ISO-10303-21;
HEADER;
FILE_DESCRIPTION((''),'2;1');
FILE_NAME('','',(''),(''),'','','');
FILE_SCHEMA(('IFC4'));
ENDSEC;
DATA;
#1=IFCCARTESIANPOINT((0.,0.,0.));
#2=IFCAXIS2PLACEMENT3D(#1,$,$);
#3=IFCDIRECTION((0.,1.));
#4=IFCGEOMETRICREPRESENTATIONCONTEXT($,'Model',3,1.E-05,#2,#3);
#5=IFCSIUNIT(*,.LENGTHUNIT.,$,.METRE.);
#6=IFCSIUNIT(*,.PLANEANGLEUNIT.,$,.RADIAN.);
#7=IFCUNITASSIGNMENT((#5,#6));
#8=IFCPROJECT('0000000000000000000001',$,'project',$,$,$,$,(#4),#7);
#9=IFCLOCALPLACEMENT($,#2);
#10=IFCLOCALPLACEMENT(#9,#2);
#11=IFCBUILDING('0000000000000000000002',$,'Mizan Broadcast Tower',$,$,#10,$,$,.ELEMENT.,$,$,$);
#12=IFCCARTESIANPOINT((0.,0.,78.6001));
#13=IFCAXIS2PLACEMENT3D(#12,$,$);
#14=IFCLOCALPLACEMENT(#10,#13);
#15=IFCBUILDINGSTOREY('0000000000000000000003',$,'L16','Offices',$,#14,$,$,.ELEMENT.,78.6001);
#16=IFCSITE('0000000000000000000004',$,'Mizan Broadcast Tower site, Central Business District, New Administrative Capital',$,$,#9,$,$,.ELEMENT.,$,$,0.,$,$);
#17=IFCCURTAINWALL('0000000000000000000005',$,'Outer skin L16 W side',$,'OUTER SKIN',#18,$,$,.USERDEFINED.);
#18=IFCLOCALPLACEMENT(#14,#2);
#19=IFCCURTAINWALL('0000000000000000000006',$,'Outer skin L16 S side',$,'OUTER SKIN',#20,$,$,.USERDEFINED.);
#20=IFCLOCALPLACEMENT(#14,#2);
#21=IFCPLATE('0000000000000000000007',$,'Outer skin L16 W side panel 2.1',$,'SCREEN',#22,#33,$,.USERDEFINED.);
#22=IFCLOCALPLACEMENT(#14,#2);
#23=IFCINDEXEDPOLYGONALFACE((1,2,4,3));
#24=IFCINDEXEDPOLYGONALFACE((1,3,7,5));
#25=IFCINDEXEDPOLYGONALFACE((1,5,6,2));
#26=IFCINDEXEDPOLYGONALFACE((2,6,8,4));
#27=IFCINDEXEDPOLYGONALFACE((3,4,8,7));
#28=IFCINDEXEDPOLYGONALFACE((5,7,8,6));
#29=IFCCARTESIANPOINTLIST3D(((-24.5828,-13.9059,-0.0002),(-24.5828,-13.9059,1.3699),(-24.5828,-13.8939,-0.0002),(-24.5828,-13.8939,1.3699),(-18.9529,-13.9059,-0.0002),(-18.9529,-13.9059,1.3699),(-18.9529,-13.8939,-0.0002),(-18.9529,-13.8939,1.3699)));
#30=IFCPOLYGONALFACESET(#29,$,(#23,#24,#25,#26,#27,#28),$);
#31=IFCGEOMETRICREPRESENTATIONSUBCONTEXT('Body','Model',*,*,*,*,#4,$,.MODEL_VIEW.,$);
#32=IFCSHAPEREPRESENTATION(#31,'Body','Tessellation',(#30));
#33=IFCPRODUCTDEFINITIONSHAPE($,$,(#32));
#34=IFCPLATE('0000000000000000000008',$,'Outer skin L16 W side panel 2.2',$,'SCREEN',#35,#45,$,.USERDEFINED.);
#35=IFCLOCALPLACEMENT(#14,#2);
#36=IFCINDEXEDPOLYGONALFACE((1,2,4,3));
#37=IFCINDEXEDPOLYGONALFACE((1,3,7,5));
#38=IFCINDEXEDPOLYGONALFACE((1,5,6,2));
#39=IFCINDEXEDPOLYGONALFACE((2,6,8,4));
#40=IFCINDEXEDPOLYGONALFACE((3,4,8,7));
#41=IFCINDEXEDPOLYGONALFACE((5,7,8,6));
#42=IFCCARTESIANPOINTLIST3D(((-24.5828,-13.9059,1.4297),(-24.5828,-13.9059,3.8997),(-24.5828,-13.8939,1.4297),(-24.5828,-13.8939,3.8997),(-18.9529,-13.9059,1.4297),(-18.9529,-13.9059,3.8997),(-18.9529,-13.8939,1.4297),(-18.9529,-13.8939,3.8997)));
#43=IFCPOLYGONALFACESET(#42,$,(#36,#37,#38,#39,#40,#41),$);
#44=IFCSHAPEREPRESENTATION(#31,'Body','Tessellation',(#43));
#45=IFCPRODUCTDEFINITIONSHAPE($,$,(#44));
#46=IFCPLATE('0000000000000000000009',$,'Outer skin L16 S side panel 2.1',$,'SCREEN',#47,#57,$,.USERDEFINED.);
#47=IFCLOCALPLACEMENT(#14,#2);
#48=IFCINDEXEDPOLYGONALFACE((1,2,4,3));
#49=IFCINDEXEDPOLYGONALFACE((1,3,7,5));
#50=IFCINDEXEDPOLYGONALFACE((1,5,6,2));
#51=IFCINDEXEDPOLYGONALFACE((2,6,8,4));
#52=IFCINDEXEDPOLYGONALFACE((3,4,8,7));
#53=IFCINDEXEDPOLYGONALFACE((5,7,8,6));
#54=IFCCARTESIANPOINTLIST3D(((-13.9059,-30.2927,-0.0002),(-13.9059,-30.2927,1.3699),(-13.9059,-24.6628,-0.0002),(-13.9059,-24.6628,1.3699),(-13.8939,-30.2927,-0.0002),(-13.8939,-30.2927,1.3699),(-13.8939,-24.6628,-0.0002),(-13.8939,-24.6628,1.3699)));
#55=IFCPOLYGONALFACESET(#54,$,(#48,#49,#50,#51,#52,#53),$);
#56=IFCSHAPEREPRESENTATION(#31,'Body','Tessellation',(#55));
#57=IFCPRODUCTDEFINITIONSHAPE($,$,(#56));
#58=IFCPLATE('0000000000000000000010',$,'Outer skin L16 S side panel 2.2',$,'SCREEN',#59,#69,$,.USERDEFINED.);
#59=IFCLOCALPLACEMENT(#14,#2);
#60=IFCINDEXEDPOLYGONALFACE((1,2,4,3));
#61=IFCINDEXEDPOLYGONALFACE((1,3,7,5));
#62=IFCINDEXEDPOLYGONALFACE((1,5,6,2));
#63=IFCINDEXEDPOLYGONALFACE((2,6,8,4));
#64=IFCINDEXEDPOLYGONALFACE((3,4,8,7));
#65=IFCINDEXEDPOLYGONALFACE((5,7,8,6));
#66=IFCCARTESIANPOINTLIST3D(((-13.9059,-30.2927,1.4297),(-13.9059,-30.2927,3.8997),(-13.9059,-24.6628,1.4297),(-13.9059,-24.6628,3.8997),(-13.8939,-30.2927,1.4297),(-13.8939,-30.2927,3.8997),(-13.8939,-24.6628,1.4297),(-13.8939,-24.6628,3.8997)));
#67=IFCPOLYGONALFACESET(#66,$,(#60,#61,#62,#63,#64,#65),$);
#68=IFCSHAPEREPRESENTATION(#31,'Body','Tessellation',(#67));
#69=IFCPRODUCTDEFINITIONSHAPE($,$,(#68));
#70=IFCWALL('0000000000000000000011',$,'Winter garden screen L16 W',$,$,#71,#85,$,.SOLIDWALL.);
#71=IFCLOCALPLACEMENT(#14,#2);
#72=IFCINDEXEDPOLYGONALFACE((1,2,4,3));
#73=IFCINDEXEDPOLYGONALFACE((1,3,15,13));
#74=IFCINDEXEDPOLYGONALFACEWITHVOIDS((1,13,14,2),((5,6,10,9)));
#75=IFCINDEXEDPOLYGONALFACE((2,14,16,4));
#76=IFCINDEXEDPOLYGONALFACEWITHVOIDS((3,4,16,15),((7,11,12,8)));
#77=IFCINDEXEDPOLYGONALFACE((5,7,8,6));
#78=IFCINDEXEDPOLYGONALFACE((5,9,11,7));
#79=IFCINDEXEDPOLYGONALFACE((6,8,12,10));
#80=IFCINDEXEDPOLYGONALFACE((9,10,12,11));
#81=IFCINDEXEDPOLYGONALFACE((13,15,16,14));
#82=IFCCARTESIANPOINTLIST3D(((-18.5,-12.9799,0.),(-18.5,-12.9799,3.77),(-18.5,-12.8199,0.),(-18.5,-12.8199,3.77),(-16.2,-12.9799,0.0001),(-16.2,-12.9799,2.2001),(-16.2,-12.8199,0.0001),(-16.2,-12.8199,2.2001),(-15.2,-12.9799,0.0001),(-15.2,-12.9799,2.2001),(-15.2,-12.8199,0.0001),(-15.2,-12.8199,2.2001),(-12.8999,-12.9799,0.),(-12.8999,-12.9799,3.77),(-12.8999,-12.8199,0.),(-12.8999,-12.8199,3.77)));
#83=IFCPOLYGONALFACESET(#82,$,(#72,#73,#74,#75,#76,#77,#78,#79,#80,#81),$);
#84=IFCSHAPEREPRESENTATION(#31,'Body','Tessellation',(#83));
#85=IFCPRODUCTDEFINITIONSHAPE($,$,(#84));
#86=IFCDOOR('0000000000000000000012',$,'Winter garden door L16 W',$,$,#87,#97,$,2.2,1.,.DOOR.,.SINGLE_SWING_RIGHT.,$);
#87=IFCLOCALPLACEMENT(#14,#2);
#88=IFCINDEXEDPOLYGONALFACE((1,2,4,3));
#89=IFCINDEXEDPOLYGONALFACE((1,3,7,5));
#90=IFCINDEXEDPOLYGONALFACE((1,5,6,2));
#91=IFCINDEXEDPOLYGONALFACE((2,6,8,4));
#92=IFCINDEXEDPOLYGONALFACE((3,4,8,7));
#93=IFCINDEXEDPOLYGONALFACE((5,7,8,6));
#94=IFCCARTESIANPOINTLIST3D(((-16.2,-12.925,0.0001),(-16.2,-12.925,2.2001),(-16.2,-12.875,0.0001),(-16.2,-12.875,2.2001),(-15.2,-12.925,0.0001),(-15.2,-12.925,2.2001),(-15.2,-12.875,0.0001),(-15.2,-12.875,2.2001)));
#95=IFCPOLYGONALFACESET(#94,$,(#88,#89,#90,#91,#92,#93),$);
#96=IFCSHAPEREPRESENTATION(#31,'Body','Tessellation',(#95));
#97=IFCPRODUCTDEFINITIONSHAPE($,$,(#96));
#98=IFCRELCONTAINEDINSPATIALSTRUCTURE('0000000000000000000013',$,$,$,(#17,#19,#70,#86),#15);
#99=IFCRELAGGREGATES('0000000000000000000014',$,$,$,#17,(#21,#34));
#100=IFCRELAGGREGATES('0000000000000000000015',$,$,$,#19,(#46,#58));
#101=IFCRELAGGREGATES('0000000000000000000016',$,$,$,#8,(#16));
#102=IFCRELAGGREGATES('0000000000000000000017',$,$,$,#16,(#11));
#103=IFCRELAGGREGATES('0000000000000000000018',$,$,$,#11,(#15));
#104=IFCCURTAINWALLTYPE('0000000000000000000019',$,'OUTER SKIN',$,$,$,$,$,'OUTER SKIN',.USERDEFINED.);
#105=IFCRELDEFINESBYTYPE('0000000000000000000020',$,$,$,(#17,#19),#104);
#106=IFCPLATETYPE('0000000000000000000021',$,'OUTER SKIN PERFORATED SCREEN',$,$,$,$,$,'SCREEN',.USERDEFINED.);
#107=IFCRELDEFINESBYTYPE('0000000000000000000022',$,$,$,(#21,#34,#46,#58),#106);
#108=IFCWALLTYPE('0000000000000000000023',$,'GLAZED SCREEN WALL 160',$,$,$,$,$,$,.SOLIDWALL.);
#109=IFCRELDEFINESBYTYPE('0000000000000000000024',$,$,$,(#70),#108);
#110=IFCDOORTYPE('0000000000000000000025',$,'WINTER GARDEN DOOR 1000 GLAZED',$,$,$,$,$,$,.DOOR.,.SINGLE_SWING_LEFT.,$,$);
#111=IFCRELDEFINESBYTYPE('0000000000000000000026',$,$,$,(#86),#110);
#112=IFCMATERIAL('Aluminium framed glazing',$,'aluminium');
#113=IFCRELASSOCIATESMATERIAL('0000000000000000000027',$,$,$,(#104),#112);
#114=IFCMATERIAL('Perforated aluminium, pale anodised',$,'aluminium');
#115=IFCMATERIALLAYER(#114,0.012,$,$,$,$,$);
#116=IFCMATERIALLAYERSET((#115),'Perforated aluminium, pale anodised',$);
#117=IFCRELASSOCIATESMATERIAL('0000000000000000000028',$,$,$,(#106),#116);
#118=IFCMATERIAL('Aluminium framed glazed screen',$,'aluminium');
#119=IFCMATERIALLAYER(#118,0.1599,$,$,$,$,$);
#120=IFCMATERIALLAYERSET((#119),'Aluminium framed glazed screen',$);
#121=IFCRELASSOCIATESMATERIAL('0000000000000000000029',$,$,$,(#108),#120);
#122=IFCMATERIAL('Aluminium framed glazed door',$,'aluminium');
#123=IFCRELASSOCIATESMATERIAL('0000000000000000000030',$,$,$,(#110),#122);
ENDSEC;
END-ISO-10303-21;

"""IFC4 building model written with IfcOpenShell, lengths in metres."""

from ifc_helpers import new_model, si_unit, direction, frame, frame_2d, origin, origin_2d, place, context, subcontext, project, spatial, rectangle, extrude, material, layer, layer_set, type_object, element, fill, aggregate, save


model = new_model("IFC4")

# Units and contexts
model_context = context("Model", 3, precision=1e-05, world=origin(), true_north=direction((0.0, 1.0)))
body_context = subcontext(model_context, "Body", "Model", "MODEL_VIEW")
ifc_project = project(units=[si_unit("LENGTHUNIT", "METRE"), si_unit("PLANEANGLEUNIT", "RADIAN")], contexts=[model_context])

# Site, building, storey
site_placement = place(None, origin())
site = spatial("IfcSite", under=ifc_project, at=site_placement, Name="Mizan Broadcast Tower site, Central Business District, New Administrative Capital", CompositionType="ELEMENT", RefElevation=0.0)
building_placement = place(site_placement, origin())
building = spatial("IfcBuilding", under=site, at=building_placement, Name="Mizan Broadcast Tower", CompositionType="ELEMENT")
storey_placement = place(building_placement, frame((0.0, 0.0, 78.6001)))
storey = spatial("IfcBuildingStorey", under=building, at=storey_placement, Name="L16", Description="Offices", CompositionType="ELEMENT", Elevation=78.6001)

# Shared definitions
ifc_material_1 = material(Name="Aluminium framed glazing", Category="aluminium")
curtain_wall_type_1 = type_object("IfcCurtainWallType", Name="OUTER SKIN", ElementType="OUTER SKIN", PredefinedType="USERDEFINED", material=ifc_material_1)

# Curtain wall
curtain_wall_1_placement = place(storey_placement, origin())
curtain_wall_1 = element("IfcCurtainWall", 1, at=curtain_wall_1_placement, inside=storey, type_object=curtain_wall_type_1, Name="Outer skin L16 W side", ObjectType="OUTER SKIN", PredefinedType="USERDEFINED")

# Curtain wall
curtain_wall_2_placement = place(storey_placement, origin())
curtain_wall_2 = element("IfcCurtainWall", 2, at=curtain_wall_2_placement, inside=storey, type_object=curtain_wall_type_1, Name="Outer skin L16 S side", ObjectType="OUTER SKIN", PredefinedType="USERDEFINED")

# Plates
ifc_material_2 = material(Name="Perforated aluminium, pale anodised", Category="aluminium")
ifc_layer_1 = layer(ifc_material_2, 0.012)
ifc_layer_set_1 = layer_set([ifc_layer_1], Name="Perforated aluminium, pale anodised")
plate_type_1 = type_object("IfcPlateType", Name="OUTER SKIN PERFORATED SCREEN", ElementType="SCREEN", PredefinedType="USERDEFINED", material=ifc_layer_set_1)
plate_1_placement = place(storey_placement, frame((-21.7678, -13.8999, -0.0002), z_axis=(0.0, 0.0, 1.0), x_axis=(1.0, 0.0, 0.0)))
plate_1 = element("IfcPlate", 3, at=plate_1_placement, type_object=plate_type_1, Name="Outer skin L16 W side panel 2.1", ObjectType="SCREEN", PredefinedType="USERDEFINED", context=body_context, shape_type="SweptSolid", body=[
    extrude(rectangle(XDim=5.6299, YDim=0.012, at=origin_2d()), origin(), (0.0, 0.0, 1.0), 1.3701),
])
plate_2_placement = place(storey_placement, frame((-21.7678, -13.8999, 1.4297), z_axis=(0.0, 0.0, 1.0), x_axis=(1.0, 0.0, 0.0)))
plate_2 = element("IfcPlate", 4, at=plate_2_placement, type_object=plate_type_1, Name="Outer skin L16 W side panel 2.2", ObjectType="SCREEN", PredefinedType="USERDEFINED", context=body_context, shape_type="SweptSolid", body=[
    extrude(rectangle(XDim=5.6299, YDim=0.012, at=origin_2d()), origin(), (0.0, 0.0, 1.0), 2.47),
])
aggregate(curtain_wall_1, [plate_1, plate_2])
plate_3_placement = place(storey_placement, frame((-13.8999, -27.4778, -0.0002), z_axis=(0.0, 0.0, 1.0), x_axis=(0.0, -1.0, 0.0)))
plate_3 = element("IfcPlate", 5, at=plate_3_placement, type_object=plate_type_1, Name="Outer skin L16 S side panel 2.1", ObjectType="SCREEN", PredefinedType="USERDEFINED", context=body_context, shape_type="SweptSolid", body=[
    extrude(rectangle(XDim=5.6299, YDim=0.012, at=origin_2d()), origin(), (0.0, 0.0, 1.0), 1.3701),
])
plate_4_placement = place(storey_placement, frame((-13.8999, -27.4778, 1.4297), z_axis=(0.0, 0.0, 1.0), x_axis=(0.0, -1.0, 0.0)))
plate_4 = element("IfcPlate", 6, at=plate_4_placement, type_object=plate_type_1, Name="Outer skin L16 S side panel 2.2", ObjectType="SCREEN", PredefinedType="USERDEFINED", context=body_context, shape_type="SweptSolid", body=[
    extrude(rectangle(XDim=5.6299, YDim=0.012, at=origin_2d()), origin(), (0.0, 0.0, 1.0), 2.47),
])
aggregate(curtain_wall_2, [plate_3, plate_4])

# Wall, opening, door
ifc_material_3 = material(Name="Aluminium framed glazed screen", Category="aluminium")
ifc_layer_2 = layer(ifc_material_3, 0.1599)
ifc_layer_set_2 = layer_set([ifc_layer_2], Name="Aluminium framed glazed screen")
wall_type = type_object("IfcWallType", Name="GLAZED SCREEN WALL 160", PredefinedType="SOLIDWALL", material=ifc_layer_set_2)
wall_placement = place(storey_placement, frame((-18.5, -12.8999, 0.0), z_axis=(0.0, 0.0, 1.0), x_axis=(1.0, 0.0, 0.0)))
wall = element("IfcWall", 7, at=wall_placement, inside=storey, type_object=wall_type, Name="Winter garden screen L16 W", PredefinedType="SOLIDWALL", context=body_context, shape_type="SweptSolid", body=[
    extrude(rectangle(XDim=5.6001, YDim=0.1599, at=frame_2d((2.8, 0.0))), origin(), (0.0, 0.0, 1.0), 3.77),
])
opening_placement = place(wall_placement, frame((2.3, 0.0, 0.0)))
opening = element("IfcOpeningElement", 8, at=opening_placement, cuts=wall, PredefinedType="OPENING", context=body_context, shape_type="SweptSolid", body=[
    extrude(rectangle(XDim=1.0, YDim=2.2, at=frame_2d((0.5, 1.1001))), frame((0.0, 0.0898, 0.0), z_axis=(0.0, -1.0, 0.0), x_axis=(1.0, 0.0, 0.0)), (0.0, 0.0, 1.0), 0.1799),
])
ifc_material_4 = material(Name="Aluminium framed glazed door", Category="aluminium")
door_type = type_object("IfcDoorType", Name="WINTER GARDEN DOOR 1000 GLAZED", OperationType="SINGLE_SWING_LEFT", PredefinedType="DOOR", material=ifc_material_4)
door_placement = place(opening_placement, origin())
door = element("IfcDoor", 9, at=door_placement, inside=storey, type_object=door_type, Name="Winter garden door L16 W", OperationType="SINGLE_SWING_RIGHT", OverallHeight=2.2, OverallWidth=1.0, PredefinedType="DOOR", context=body_context, shape_type="SweptSolid", body=[
    extrude(rectangle(XDim=1.0, YDim=2.2, at=frame_2d((0.5, 1.1001))), frame((0.0, 0.0249, 0.0), z_axis=(0.0, -1.0, 0.0), x_axis=(1.0, 0.0, 0.0)), (0.0, 0.0, 1.0), 0.05),
])
fill(opening, door)

save(model, "model.ifc")
